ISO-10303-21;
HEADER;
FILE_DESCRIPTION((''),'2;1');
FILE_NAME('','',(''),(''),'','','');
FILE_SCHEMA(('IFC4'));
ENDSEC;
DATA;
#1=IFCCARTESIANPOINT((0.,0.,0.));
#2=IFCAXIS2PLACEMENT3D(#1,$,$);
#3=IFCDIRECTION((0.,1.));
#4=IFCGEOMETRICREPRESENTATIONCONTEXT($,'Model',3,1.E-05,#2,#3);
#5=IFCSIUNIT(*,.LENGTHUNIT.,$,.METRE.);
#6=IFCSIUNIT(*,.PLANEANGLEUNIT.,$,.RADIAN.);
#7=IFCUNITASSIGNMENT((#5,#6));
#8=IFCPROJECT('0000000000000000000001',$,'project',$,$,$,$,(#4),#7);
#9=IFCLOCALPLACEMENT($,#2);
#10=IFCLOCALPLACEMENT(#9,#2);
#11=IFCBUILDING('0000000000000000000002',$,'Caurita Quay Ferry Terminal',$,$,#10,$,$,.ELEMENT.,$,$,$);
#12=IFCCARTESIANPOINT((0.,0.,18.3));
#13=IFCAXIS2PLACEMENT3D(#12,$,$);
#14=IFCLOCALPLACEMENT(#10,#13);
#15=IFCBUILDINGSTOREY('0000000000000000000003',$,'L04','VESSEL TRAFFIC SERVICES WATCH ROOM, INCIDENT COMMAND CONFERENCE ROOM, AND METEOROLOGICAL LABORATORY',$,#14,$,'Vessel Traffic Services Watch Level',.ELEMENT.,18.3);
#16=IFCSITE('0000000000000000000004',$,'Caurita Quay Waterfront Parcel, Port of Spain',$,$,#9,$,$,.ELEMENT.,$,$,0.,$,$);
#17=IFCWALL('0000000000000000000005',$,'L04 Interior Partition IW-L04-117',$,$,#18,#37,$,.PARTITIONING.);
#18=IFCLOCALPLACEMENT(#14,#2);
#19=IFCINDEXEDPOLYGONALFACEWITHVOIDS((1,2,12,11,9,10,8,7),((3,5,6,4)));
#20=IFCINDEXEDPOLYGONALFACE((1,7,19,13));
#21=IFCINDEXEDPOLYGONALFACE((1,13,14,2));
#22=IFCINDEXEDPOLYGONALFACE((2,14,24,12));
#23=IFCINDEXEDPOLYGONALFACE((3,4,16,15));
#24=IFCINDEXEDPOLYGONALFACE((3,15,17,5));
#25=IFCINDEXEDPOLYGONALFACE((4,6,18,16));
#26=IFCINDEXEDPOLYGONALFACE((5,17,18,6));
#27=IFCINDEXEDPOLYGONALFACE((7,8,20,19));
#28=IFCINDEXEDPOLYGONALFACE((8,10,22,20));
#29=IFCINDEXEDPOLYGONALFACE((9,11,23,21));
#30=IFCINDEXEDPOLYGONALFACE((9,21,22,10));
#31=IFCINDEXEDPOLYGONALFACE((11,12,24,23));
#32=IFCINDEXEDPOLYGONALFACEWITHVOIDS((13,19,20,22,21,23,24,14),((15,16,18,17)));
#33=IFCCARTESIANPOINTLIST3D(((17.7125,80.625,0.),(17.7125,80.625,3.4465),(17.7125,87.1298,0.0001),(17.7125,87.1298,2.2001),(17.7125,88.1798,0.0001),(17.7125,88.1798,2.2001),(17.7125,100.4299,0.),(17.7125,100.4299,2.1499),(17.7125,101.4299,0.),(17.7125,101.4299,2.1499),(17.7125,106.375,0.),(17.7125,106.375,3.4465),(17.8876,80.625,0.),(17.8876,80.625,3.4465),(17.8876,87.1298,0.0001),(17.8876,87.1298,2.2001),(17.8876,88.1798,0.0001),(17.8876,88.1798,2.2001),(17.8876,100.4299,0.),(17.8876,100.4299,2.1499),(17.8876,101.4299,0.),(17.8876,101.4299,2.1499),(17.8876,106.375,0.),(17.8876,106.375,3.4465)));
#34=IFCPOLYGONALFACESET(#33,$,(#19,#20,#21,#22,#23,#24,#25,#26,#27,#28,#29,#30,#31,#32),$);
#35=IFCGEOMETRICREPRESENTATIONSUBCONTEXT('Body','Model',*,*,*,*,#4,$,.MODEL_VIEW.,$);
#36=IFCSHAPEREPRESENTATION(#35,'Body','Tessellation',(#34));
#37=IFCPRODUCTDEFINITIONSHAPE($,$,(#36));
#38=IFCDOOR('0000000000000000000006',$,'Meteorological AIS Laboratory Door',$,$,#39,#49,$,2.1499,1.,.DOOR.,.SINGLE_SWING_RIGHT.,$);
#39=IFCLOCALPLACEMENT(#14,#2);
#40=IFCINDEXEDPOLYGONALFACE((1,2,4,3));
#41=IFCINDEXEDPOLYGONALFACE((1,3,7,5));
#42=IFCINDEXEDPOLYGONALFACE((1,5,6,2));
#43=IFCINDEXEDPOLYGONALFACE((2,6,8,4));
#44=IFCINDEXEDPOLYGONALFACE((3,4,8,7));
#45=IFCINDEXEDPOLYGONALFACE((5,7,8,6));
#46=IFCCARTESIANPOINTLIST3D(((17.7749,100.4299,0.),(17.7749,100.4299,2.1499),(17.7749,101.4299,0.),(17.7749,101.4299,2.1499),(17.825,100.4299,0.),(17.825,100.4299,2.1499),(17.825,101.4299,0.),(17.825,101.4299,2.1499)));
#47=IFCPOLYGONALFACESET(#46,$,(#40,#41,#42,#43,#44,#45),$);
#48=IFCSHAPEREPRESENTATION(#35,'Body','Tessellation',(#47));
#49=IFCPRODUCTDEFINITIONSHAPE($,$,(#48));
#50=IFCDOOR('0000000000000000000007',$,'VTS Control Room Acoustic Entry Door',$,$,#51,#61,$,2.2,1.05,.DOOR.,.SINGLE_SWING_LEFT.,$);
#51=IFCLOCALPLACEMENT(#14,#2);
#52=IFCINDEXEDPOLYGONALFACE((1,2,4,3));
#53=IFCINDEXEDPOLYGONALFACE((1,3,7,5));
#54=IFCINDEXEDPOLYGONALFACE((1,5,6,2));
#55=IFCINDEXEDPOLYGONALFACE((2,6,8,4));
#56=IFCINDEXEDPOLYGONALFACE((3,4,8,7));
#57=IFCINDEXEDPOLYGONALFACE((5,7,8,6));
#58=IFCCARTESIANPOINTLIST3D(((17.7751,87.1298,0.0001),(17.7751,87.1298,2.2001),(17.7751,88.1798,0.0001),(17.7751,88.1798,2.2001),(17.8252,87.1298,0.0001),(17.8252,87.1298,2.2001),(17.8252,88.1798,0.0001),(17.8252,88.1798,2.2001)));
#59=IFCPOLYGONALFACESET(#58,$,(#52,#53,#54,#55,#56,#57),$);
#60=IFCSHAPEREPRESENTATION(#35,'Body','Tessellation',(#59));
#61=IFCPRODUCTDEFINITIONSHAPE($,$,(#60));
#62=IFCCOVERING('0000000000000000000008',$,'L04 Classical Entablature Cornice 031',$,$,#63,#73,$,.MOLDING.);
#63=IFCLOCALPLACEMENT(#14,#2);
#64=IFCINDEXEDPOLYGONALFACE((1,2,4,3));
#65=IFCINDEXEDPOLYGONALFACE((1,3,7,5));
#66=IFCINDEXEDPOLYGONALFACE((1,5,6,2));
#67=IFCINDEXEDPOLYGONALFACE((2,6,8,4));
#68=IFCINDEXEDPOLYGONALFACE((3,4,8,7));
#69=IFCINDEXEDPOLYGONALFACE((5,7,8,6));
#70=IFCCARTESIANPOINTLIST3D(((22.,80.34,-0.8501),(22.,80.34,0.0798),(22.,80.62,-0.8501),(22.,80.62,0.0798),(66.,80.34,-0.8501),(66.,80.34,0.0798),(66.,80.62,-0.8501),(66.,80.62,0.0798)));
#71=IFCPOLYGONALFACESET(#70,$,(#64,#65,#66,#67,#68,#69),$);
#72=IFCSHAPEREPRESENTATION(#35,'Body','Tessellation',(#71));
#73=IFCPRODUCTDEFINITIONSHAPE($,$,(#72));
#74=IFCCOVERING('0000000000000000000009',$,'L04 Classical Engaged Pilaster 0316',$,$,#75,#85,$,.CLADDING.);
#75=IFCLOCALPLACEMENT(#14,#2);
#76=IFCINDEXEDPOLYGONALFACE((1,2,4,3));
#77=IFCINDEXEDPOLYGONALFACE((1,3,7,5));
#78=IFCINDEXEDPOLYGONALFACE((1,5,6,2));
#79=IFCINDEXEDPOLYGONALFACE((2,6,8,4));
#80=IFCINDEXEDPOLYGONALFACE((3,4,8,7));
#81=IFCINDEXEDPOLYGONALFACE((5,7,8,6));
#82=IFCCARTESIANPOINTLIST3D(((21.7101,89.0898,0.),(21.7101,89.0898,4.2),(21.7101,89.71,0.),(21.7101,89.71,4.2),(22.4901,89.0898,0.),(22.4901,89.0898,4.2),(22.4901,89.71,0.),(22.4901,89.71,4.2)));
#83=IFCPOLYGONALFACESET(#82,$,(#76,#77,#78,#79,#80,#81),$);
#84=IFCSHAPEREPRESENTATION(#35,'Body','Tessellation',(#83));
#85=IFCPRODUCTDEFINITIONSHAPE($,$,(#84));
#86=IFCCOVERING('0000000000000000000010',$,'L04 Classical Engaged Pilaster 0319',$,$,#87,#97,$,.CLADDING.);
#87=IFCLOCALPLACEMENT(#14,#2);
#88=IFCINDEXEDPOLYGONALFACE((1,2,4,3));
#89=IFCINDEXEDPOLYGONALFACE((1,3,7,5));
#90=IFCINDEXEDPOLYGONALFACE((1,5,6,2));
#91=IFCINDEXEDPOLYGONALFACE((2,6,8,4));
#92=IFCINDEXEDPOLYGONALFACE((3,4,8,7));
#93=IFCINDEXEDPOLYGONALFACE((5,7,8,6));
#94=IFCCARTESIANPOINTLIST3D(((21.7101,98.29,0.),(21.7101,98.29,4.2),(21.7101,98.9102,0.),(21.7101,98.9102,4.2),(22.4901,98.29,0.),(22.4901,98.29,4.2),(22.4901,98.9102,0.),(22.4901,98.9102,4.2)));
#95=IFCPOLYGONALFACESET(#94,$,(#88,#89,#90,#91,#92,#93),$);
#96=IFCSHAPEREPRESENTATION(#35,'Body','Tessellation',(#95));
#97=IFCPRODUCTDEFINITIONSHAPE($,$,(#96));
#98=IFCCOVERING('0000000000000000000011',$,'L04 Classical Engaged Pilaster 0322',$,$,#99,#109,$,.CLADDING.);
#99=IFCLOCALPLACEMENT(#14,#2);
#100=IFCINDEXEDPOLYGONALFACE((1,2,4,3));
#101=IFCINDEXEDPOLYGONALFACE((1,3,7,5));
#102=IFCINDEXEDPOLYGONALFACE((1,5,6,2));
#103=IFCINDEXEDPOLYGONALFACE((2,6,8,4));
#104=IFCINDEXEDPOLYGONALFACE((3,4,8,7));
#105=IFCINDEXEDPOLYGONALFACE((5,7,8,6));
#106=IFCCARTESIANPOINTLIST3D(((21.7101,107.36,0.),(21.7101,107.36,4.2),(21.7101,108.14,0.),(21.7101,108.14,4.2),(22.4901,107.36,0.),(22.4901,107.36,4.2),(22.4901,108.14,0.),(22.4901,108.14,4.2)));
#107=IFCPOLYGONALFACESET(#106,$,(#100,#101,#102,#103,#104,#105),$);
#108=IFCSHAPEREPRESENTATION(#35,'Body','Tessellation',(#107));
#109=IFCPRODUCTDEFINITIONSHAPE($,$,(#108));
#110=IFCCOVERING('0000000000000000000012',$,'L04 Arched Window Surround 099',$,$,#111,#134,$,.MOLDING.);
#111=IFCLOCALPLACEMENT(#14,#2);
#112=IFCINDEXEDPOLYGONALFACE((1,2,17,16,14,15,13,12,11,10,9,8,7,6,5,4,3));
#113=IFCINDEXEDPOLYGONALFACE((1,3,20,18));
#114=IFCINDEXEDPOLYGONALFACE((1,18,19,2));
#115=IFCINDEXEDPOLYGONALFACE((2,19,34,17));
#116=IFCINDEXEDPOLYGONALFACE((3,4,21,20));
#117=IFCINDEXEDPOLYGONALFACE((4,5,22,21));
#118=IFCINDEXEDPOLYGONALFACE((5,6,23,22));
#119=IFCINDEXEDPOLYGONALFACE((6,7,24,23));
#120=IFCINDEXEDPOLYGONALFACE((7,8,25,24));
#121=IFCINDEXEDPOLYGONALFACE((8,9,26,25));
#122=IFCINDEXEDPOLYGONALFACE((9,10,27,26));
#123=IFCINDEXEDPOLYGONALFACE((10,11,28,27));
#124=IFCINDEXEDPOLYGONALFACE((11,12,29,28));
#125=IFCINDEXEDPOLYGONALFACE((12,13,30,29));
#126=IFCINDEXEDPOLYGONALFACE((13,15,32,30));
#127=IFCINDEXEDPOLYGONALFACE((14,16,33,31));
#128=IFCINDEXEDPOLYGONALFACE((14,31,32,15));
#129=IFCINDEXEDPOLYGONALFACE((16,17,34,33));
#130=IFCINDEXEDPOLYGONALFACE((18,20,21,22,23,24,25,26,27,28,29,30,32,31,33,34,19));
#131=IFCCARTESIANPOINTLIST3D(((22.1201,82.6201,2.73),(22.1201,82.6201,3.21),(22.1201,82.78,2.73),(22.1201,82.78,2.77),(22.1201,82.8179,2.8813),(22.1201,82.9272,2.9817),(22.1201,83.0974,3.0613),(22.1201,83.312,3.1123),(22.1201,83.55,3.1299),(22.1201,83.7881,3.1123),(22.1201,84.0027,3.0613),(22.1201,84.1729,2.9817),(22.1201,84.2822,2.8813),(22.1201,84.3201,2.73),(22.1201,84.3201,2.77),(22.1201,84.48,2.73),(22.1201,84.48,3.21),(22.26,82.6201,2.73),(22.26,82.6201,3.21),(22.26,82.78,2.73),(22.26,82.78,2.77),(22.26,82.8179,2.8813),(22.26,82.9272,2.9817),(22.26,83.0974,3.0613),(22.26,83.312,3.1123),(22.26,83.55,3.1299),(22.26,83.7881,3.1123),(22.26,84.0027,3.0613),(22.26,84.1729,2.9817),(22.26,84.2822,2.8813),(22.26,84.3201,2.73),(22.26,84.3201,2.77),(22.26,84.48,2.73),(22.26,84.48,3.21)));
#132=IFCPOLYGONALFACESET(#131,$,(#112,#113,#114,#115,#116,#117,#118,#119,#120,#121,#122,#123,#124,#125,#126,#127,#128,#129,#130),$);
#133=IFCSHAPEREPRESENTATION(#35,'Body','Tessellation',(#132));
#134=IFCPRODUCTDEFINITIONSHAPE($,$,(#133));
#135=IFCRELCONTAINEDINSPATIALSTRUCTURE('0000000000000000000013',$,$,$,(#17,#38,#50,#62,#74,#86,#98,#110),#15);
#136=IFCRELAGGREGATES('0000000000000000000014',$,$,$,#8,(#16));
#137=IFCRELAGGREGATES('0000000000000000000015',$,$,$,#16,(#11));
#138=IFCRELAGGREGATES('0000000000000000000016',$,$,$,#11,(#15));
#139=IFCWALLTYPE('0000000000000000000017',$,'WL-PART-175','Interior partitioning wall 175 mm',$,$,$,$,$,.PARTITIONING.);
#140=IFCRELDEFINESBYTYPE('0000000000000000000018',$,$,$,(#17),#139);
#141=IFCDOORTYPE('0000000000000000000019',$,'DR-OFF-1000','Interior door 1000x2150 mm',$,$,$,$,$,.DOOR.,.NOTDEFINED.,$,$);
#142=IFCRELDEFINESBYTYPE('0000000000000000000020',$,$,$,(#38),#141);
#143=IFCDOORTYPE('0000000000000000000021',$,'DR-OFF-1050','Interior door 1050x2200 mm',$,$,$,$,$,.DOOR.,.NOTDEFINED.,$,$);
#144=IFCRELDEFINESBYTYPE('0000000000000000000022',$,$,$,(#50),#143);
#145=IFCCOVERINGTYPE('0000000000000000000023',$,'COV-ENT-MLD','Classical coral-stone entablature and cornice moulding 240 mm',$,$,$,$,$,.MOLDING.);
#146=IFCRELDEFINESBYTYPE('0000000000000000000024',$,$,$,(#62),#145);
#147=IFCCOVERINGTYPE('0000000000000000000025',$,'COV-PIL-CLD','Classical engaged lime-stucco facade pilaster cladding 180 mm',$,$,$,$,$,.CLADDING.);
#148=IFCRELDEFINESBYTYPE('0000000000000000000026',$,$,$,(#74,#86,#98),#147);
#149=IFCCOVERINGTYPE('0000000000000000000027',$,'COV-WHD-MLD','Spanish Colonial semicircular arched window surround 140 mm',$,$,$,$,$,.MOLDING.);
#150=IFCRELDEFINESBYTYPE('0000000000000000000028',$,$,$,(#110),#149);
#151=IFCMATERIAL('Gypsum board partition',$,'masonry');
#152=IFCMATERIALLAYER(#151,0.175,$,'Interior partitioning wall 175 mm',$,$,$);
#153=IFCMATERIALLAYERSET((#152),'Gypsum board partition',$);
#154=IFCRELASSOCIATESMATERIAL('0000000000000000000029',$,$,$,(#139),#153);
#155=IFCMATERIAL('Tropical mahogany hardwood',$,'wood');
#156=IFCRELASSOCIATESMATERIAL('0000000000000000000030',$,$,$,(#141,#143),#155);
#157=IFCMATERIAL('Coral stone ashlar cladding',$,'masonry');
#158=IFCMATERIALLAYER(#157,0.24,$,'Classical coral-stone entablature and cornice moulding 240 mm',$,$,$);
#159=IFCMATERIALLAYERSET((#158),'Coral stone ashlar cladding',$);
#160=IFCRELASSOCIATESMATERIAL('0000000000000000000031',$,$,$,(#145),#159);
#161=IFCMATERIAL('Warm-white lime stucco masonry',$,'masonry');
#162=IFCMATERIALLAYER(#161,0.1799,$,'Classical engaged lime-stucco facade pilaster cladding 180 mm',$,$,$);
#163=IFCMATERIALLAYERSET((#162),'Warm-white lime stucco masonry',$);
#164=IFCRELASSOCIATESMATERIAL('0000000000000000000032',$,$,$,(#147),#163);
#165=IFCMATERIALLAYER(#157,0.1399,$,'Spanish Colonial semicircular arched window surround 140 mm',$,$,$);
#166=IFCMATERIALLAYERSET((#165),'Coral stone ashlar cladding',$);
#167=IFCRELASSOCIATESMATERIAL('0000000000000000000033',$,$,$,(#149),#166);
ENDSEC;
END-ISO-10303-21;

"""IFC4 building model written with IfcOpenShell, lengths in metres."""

from ifc_helpers import new_model, si_unit, direction, frame, frame_2d, origin, origin_2d, place, context, subcontext, project, spatial, polyline, rectangle, outline, extrude, material, layer, layer_set, type_object, element, fill, save


model = new_model("IFC4")

# Units and contexts
model_context = context("Model", 3, precision=1e-05, world=origin(), true_north=direction((0.0, 1.0)))
body_context = subcontext(model_context, "Body", "Model", "MODEL_VIEW")
ifc_project = project(units=[si_unit("LENGTHUNIT", "METRE"), si_unit("PLANEANGLEUNIT", "RADIAN")], contexts=[model_context])

# Site, building, storey
site_placement = place(None, origin())
site = spatial("IfcSite", under=ifc_project, at=site_placement, Name="Caurita Quay Waterfront Parcel, Port of Spain", CompositionType="ELEMENT", RefElevation=0.0)
building_placement = place(site_placement, origin())
building = spatial("IfcBuilding", under=site, at=building_placement, Name="Caurita Quay Ferry Terminal", CompositionType="ELEMENT")
storey_placement = place(building_placement, frame((0.0, 0.0, 18.3)))
storey = spatial("IfcBuildingStorey", under=building, at=storey_placement, Name="L04", Description="VESSEL TRAFFIC SERVICES WATCH ROOM, INCIDENT COMMAND CONFERENCE ROOM, AND METEOROLOGICAL LABORATORY", LongName="Vessel Traffic Services Watch Level", CompositionType="ELEMENT", Elevation=18.3)

# Shared definitions
ifc_material_1 = material(Name="Warm-white lime stucco masonry", Category="masonry")

# Wall, openings, doors
ifc_material_2 = material(Name="Gypsum board partition", Category="masonry")
ifc_layer_1 = layer(ifc_material_2, 0.175, Name="Interior partitioning wall 175 mm")
ifc_layer_set_1 = layer_set([ifc_layer_1], Name="Gypsum board partition")
wall_type_1 = type_object("IfcWallType", Name="WL-PART-175", Description="Interior partitioning wall 175 mm", PredefinedType="PARTITIONING", material=ifc_layer_set_1)
wall_1_placement = place(storey_placement, frame((17.8, 80.625, 0.0), z_axis=(0.0, 0.0, 1.0), x_axis=(0.0, 1.0, 0.0)))
wall_1 = element("IfcWall", 1, at=wall_1_placement, inside=storey, type_object=wall_type_1, Name="L04 Interior Partition IW-L04-117", PredefinedType="PARTITIONING", context=body_context, shape_type="SweptSolid", body=[
    extrude(rectangle(XDim=25.75, YDim=0.175, at=frame_2d((12.875, 0.0))), origin(), (0.0, 0.0, 1.0), 3.4465),
])
opening_1_placement = place(wall_1_placement, frame((6.5049, 0.0, 0.0)))
opening_1 = element("IfcOpeningElement", 2, at=opening_1_placement, cuts=wall_1, PredefinedType="OPENING", context=body_context, shape_type="SweptSolid", body=[
    extrude(rectangle(XDim=1.05, YDim=2.2, at=frame_2d((0.5249, 1.1001))), frame((0.0, 0.0974, 0.0), z_axis=(0.0, -1.0, 0.0), x_axis=(1.0, 0.0, 0.0)), (0.0, 0.0, 1.0), 0.1951),
])
opening_2_placement = place(wall_1_placement, frame((19.8049, 0.0, 0.0)))
opening_2 = element("IfcOpeningElement", 3, at=opening_2_placement, cuts=wall_1, PredefinedType="OPENING", context=body_context, shape_type="SweptSolid", body=[
    extrude(rectangle(XDim=1.0, YDim=2.1499, at=frame_2d((0.5, 1.075))), frame((0.0, 0.0974, 0.0), z_axis=(0.0, -1.0, 0.0), x_axis=(1.0, 0.0, 0.0)), (0.0, 0.0, 1.0), 0.1951),
])
ifc_material_3 = material(Name="Tropical mahogany hardwood", Category="wood")
door_type_1 = type_object("IfcDoorType", Name="DR-OFF-1000", Description="Interior door 1000x2150 mm", OperationType="NOTDEFINED", PredefinedType="DOOR", material=ifc_material_3)
door_1_placement = place(opening_2_placement, frame((1.0, 0.0, 0.0), z_axis=(0.0, 0.0, 1.0), x_axis=(-1.0, 0.0, 0.0)))
door_1 = element("IfcDoor", 4, at=door_1_placement, inside=storey, type_object=door_type_1, Name="Meteorological AIS Laboratory Door", OperationType="SINGLE_SWING_RIGHT", OverallHeight=2.1499, OverallWidth=1.0, PredefinedType="DOOR", context=body_context, shape_type="SweptSolid", body=[
    extrude(rectangle(XDim=1.0, YDim=2.1499, at=frame_2d((0.5, 1.075))), frame((0.0, 0.0249, 0.0), z_axis=(0.0, -1.0, 0.0), x_axis=(1.0, 0.0, 0.0)), (0.0, 0.0, 1.0), 0.05),
])
fill(opening_2, door_1)
door_type_2 = type_object("IfcDoorType", Name="DR-OFF-1050", Description="Interior door 1050x2200 mm", OperationType="NOTDEFINED", PredefinedType="DOOR", material=ifc_material_3)
door_2_placement = place(opening_1_placement, origin())
door_2 = element("IfcDoor", 5, at=door_2_placement, inside=storey, type_object=door_type_2, Name="VTS Control Room Acoustic Entry Door", OperationType="SINGLE_SWING_LEFT", OverallHeight=2.2, OverallWidth=1.05, PredefinedType="DOOR", context=body_context, shape_type="SweptSolid", body=[
    extrude(rectangle(XDim=1.05, YDim=2.2, at=frame_2d((0.5249, 1.1001))), frame((0.0, 0.0249, 0.0), z_axis=(0.0, -1.0, 0.0), x_axis=(1.0, 0.0, 0.0)), (0.0, 0.0, 1.0), 0.05),
])
fill(opening_1, door_2)

# Coverings
ifc_material_4 = material(Name="Coral stone ashlar cladding", Category="masonry")
ifc_layer_2 = layer(ifc_material_4, 0.24, Name="Classical coral-stone entablature and cornice moulding 240 mm")
ifc_layer_set_2 = layer_set([ifc_layer_2], Name="Coral stone ashlar cladding")
covering_type_1 = type_object("IfcCoveringType", Name="COV-ENT-MLD", Description="Classical coral-stone entablature and cornice moulding 240 mm", PredefinedType="MOLDING", material=ifc_layer_set_2)
covering_1_placement = place(storey_placement, frame((22.0, 80.48, -0.8501), z_axis=(0.0, 0.0, 1.0), x_axis=(1.0, 0.0, 0.0)))
element("IfcCovering", 6, at=covering_1_placement, inside=storey, type_object=covering_type_1, Name="L04 Classical Entablature Cornice 031", PredefinedType="MOLDING", context=body_context, shape_type="SweptSolid", body=[
    extrude(rectangle(XDim=44.0, YDim=0.28, at=frame_2d((22.0, 0.0))), origin(), (0.0, 0.0, 1.0), 0.9299),
])
ifc_layer_3 = layer(ifc_material_1, 0.1799, Name="Classical engaged lime-stucco facade pilaster cladding 180 mm")
ifc_layer_set_3 = layer_set([ifc_layer_3], Name="Warm-white lime stucco masonry")
covering_type_2 = type_object("IfcCoveringType", Name="COV-PIL-CLD", Description="Classical engaged lime-stucco facade pilaster cladding 180 mm", PredefinedType="CLADDING", material=ifc_layer_set_3)
for number, where, z_axis, x_axis, name in (
    (7, (22.1001, 89.3999, 0.0), (0.0, 0.0, 1.0), (1.0, 0.0, 0.0), "L04 Classical Engaged Pilaster 0316"),
    (8, (22.1001, 98.6001, 0.0), (0.0, 0.0, 1.0), (1.0, 0.0, 0.0), "L04 Classical Engaged Pilaster 0319"),
):
    element("IfcCovering", number, at=place(storey_placement, frame(where, z_axis=z_axis, x_axis=x_axis)), inside=storey, type_object=covering_type_2, Name=name, PredefinedType="CLADDING", context=body_context, shape_type="SweptSolid", body=[
        extrude(rectangle(XDim=0.78, YDim=0.6201, at=origin_2d()), origin(), (0.0, 0.0, 1.0), 4.2),
    ])
covering_2_placement = place(storey_placement, frame((22.1001, 107.75, 0.0), z_axis=(0.0, 0.0, 1.0), x_axis=(1.0, 0.0, 0.0)))
element("IfcCovering", 9, at=covering_2_placement, inside=storey, type_object=covering_type_2, Name="L04 Classical Engaged Pilaster 0322", PredefinedType="CLADDING", context=body_context, shape_type="SweptSolid", body=[
    extrude(rectangle(XDim=0.78, YDim=0.78, at=origin_2d()), origin(), (0.0, 0.0, 1.0), 4.2),
])
ifc_layer_4 = layer(ifc_material_4, 0.1399, Name="Spanish Colonial semicircular arched window surround 140 mm")
ifc_layer_set_4 = layer_set([ifc_layer_4], Name="Coral stone ashlar cladding")
covering_type_3 = type_object("IfcCoveringType", Name="COV-WHD-MLD", Description="Spanish Colonial semicircular arched window surround 140 mm", PredefinedType="MOLDING", material=ifc_layer_set_4)
covering_3_placement = place(storey_placement, frame((22.1899, 82.6201, 2.73), z_axis=(0.0, 0.0, 1.0), x_axis=(0.0, 1.0, 0.0)))
element("IfcCovering", 10, at=covering_3_placement, inside=storey, type_object=covering_type_3, Name="L04 Arched Window Surround 099", PredefinedType="MOLDING", context=body_context, shape_type="SweptSolid", body=[
    extrude(outline(polyline([(0.0, 0.0), (0.1599, 0.0), (0.1599, 0.04), (0.1978, 0.1514), (0.3071, 0.2517), (0.4773, 0.3313), (0.6919, 0.3823), (0.9299, 0.3999), (1.168, 0.3823), (1.3826, 0.3313), (1.5527, 0.2517), (1.6621, 0.1514), (1.7, 0.04), (1.7, 0.0), (1.8599, 0.0), (1.8599, 0.48), (0.0, 0.48), (0.0, 0.0)])), frame((0.0, 0.0698, 0.0), z_axis=(0.0, -1.0, 0.0), x_axis=(1.0, 0.0, 0.0)), (0.0, 0.0, 1.0), 0.1399),
])

save(model, "model.ifc")
